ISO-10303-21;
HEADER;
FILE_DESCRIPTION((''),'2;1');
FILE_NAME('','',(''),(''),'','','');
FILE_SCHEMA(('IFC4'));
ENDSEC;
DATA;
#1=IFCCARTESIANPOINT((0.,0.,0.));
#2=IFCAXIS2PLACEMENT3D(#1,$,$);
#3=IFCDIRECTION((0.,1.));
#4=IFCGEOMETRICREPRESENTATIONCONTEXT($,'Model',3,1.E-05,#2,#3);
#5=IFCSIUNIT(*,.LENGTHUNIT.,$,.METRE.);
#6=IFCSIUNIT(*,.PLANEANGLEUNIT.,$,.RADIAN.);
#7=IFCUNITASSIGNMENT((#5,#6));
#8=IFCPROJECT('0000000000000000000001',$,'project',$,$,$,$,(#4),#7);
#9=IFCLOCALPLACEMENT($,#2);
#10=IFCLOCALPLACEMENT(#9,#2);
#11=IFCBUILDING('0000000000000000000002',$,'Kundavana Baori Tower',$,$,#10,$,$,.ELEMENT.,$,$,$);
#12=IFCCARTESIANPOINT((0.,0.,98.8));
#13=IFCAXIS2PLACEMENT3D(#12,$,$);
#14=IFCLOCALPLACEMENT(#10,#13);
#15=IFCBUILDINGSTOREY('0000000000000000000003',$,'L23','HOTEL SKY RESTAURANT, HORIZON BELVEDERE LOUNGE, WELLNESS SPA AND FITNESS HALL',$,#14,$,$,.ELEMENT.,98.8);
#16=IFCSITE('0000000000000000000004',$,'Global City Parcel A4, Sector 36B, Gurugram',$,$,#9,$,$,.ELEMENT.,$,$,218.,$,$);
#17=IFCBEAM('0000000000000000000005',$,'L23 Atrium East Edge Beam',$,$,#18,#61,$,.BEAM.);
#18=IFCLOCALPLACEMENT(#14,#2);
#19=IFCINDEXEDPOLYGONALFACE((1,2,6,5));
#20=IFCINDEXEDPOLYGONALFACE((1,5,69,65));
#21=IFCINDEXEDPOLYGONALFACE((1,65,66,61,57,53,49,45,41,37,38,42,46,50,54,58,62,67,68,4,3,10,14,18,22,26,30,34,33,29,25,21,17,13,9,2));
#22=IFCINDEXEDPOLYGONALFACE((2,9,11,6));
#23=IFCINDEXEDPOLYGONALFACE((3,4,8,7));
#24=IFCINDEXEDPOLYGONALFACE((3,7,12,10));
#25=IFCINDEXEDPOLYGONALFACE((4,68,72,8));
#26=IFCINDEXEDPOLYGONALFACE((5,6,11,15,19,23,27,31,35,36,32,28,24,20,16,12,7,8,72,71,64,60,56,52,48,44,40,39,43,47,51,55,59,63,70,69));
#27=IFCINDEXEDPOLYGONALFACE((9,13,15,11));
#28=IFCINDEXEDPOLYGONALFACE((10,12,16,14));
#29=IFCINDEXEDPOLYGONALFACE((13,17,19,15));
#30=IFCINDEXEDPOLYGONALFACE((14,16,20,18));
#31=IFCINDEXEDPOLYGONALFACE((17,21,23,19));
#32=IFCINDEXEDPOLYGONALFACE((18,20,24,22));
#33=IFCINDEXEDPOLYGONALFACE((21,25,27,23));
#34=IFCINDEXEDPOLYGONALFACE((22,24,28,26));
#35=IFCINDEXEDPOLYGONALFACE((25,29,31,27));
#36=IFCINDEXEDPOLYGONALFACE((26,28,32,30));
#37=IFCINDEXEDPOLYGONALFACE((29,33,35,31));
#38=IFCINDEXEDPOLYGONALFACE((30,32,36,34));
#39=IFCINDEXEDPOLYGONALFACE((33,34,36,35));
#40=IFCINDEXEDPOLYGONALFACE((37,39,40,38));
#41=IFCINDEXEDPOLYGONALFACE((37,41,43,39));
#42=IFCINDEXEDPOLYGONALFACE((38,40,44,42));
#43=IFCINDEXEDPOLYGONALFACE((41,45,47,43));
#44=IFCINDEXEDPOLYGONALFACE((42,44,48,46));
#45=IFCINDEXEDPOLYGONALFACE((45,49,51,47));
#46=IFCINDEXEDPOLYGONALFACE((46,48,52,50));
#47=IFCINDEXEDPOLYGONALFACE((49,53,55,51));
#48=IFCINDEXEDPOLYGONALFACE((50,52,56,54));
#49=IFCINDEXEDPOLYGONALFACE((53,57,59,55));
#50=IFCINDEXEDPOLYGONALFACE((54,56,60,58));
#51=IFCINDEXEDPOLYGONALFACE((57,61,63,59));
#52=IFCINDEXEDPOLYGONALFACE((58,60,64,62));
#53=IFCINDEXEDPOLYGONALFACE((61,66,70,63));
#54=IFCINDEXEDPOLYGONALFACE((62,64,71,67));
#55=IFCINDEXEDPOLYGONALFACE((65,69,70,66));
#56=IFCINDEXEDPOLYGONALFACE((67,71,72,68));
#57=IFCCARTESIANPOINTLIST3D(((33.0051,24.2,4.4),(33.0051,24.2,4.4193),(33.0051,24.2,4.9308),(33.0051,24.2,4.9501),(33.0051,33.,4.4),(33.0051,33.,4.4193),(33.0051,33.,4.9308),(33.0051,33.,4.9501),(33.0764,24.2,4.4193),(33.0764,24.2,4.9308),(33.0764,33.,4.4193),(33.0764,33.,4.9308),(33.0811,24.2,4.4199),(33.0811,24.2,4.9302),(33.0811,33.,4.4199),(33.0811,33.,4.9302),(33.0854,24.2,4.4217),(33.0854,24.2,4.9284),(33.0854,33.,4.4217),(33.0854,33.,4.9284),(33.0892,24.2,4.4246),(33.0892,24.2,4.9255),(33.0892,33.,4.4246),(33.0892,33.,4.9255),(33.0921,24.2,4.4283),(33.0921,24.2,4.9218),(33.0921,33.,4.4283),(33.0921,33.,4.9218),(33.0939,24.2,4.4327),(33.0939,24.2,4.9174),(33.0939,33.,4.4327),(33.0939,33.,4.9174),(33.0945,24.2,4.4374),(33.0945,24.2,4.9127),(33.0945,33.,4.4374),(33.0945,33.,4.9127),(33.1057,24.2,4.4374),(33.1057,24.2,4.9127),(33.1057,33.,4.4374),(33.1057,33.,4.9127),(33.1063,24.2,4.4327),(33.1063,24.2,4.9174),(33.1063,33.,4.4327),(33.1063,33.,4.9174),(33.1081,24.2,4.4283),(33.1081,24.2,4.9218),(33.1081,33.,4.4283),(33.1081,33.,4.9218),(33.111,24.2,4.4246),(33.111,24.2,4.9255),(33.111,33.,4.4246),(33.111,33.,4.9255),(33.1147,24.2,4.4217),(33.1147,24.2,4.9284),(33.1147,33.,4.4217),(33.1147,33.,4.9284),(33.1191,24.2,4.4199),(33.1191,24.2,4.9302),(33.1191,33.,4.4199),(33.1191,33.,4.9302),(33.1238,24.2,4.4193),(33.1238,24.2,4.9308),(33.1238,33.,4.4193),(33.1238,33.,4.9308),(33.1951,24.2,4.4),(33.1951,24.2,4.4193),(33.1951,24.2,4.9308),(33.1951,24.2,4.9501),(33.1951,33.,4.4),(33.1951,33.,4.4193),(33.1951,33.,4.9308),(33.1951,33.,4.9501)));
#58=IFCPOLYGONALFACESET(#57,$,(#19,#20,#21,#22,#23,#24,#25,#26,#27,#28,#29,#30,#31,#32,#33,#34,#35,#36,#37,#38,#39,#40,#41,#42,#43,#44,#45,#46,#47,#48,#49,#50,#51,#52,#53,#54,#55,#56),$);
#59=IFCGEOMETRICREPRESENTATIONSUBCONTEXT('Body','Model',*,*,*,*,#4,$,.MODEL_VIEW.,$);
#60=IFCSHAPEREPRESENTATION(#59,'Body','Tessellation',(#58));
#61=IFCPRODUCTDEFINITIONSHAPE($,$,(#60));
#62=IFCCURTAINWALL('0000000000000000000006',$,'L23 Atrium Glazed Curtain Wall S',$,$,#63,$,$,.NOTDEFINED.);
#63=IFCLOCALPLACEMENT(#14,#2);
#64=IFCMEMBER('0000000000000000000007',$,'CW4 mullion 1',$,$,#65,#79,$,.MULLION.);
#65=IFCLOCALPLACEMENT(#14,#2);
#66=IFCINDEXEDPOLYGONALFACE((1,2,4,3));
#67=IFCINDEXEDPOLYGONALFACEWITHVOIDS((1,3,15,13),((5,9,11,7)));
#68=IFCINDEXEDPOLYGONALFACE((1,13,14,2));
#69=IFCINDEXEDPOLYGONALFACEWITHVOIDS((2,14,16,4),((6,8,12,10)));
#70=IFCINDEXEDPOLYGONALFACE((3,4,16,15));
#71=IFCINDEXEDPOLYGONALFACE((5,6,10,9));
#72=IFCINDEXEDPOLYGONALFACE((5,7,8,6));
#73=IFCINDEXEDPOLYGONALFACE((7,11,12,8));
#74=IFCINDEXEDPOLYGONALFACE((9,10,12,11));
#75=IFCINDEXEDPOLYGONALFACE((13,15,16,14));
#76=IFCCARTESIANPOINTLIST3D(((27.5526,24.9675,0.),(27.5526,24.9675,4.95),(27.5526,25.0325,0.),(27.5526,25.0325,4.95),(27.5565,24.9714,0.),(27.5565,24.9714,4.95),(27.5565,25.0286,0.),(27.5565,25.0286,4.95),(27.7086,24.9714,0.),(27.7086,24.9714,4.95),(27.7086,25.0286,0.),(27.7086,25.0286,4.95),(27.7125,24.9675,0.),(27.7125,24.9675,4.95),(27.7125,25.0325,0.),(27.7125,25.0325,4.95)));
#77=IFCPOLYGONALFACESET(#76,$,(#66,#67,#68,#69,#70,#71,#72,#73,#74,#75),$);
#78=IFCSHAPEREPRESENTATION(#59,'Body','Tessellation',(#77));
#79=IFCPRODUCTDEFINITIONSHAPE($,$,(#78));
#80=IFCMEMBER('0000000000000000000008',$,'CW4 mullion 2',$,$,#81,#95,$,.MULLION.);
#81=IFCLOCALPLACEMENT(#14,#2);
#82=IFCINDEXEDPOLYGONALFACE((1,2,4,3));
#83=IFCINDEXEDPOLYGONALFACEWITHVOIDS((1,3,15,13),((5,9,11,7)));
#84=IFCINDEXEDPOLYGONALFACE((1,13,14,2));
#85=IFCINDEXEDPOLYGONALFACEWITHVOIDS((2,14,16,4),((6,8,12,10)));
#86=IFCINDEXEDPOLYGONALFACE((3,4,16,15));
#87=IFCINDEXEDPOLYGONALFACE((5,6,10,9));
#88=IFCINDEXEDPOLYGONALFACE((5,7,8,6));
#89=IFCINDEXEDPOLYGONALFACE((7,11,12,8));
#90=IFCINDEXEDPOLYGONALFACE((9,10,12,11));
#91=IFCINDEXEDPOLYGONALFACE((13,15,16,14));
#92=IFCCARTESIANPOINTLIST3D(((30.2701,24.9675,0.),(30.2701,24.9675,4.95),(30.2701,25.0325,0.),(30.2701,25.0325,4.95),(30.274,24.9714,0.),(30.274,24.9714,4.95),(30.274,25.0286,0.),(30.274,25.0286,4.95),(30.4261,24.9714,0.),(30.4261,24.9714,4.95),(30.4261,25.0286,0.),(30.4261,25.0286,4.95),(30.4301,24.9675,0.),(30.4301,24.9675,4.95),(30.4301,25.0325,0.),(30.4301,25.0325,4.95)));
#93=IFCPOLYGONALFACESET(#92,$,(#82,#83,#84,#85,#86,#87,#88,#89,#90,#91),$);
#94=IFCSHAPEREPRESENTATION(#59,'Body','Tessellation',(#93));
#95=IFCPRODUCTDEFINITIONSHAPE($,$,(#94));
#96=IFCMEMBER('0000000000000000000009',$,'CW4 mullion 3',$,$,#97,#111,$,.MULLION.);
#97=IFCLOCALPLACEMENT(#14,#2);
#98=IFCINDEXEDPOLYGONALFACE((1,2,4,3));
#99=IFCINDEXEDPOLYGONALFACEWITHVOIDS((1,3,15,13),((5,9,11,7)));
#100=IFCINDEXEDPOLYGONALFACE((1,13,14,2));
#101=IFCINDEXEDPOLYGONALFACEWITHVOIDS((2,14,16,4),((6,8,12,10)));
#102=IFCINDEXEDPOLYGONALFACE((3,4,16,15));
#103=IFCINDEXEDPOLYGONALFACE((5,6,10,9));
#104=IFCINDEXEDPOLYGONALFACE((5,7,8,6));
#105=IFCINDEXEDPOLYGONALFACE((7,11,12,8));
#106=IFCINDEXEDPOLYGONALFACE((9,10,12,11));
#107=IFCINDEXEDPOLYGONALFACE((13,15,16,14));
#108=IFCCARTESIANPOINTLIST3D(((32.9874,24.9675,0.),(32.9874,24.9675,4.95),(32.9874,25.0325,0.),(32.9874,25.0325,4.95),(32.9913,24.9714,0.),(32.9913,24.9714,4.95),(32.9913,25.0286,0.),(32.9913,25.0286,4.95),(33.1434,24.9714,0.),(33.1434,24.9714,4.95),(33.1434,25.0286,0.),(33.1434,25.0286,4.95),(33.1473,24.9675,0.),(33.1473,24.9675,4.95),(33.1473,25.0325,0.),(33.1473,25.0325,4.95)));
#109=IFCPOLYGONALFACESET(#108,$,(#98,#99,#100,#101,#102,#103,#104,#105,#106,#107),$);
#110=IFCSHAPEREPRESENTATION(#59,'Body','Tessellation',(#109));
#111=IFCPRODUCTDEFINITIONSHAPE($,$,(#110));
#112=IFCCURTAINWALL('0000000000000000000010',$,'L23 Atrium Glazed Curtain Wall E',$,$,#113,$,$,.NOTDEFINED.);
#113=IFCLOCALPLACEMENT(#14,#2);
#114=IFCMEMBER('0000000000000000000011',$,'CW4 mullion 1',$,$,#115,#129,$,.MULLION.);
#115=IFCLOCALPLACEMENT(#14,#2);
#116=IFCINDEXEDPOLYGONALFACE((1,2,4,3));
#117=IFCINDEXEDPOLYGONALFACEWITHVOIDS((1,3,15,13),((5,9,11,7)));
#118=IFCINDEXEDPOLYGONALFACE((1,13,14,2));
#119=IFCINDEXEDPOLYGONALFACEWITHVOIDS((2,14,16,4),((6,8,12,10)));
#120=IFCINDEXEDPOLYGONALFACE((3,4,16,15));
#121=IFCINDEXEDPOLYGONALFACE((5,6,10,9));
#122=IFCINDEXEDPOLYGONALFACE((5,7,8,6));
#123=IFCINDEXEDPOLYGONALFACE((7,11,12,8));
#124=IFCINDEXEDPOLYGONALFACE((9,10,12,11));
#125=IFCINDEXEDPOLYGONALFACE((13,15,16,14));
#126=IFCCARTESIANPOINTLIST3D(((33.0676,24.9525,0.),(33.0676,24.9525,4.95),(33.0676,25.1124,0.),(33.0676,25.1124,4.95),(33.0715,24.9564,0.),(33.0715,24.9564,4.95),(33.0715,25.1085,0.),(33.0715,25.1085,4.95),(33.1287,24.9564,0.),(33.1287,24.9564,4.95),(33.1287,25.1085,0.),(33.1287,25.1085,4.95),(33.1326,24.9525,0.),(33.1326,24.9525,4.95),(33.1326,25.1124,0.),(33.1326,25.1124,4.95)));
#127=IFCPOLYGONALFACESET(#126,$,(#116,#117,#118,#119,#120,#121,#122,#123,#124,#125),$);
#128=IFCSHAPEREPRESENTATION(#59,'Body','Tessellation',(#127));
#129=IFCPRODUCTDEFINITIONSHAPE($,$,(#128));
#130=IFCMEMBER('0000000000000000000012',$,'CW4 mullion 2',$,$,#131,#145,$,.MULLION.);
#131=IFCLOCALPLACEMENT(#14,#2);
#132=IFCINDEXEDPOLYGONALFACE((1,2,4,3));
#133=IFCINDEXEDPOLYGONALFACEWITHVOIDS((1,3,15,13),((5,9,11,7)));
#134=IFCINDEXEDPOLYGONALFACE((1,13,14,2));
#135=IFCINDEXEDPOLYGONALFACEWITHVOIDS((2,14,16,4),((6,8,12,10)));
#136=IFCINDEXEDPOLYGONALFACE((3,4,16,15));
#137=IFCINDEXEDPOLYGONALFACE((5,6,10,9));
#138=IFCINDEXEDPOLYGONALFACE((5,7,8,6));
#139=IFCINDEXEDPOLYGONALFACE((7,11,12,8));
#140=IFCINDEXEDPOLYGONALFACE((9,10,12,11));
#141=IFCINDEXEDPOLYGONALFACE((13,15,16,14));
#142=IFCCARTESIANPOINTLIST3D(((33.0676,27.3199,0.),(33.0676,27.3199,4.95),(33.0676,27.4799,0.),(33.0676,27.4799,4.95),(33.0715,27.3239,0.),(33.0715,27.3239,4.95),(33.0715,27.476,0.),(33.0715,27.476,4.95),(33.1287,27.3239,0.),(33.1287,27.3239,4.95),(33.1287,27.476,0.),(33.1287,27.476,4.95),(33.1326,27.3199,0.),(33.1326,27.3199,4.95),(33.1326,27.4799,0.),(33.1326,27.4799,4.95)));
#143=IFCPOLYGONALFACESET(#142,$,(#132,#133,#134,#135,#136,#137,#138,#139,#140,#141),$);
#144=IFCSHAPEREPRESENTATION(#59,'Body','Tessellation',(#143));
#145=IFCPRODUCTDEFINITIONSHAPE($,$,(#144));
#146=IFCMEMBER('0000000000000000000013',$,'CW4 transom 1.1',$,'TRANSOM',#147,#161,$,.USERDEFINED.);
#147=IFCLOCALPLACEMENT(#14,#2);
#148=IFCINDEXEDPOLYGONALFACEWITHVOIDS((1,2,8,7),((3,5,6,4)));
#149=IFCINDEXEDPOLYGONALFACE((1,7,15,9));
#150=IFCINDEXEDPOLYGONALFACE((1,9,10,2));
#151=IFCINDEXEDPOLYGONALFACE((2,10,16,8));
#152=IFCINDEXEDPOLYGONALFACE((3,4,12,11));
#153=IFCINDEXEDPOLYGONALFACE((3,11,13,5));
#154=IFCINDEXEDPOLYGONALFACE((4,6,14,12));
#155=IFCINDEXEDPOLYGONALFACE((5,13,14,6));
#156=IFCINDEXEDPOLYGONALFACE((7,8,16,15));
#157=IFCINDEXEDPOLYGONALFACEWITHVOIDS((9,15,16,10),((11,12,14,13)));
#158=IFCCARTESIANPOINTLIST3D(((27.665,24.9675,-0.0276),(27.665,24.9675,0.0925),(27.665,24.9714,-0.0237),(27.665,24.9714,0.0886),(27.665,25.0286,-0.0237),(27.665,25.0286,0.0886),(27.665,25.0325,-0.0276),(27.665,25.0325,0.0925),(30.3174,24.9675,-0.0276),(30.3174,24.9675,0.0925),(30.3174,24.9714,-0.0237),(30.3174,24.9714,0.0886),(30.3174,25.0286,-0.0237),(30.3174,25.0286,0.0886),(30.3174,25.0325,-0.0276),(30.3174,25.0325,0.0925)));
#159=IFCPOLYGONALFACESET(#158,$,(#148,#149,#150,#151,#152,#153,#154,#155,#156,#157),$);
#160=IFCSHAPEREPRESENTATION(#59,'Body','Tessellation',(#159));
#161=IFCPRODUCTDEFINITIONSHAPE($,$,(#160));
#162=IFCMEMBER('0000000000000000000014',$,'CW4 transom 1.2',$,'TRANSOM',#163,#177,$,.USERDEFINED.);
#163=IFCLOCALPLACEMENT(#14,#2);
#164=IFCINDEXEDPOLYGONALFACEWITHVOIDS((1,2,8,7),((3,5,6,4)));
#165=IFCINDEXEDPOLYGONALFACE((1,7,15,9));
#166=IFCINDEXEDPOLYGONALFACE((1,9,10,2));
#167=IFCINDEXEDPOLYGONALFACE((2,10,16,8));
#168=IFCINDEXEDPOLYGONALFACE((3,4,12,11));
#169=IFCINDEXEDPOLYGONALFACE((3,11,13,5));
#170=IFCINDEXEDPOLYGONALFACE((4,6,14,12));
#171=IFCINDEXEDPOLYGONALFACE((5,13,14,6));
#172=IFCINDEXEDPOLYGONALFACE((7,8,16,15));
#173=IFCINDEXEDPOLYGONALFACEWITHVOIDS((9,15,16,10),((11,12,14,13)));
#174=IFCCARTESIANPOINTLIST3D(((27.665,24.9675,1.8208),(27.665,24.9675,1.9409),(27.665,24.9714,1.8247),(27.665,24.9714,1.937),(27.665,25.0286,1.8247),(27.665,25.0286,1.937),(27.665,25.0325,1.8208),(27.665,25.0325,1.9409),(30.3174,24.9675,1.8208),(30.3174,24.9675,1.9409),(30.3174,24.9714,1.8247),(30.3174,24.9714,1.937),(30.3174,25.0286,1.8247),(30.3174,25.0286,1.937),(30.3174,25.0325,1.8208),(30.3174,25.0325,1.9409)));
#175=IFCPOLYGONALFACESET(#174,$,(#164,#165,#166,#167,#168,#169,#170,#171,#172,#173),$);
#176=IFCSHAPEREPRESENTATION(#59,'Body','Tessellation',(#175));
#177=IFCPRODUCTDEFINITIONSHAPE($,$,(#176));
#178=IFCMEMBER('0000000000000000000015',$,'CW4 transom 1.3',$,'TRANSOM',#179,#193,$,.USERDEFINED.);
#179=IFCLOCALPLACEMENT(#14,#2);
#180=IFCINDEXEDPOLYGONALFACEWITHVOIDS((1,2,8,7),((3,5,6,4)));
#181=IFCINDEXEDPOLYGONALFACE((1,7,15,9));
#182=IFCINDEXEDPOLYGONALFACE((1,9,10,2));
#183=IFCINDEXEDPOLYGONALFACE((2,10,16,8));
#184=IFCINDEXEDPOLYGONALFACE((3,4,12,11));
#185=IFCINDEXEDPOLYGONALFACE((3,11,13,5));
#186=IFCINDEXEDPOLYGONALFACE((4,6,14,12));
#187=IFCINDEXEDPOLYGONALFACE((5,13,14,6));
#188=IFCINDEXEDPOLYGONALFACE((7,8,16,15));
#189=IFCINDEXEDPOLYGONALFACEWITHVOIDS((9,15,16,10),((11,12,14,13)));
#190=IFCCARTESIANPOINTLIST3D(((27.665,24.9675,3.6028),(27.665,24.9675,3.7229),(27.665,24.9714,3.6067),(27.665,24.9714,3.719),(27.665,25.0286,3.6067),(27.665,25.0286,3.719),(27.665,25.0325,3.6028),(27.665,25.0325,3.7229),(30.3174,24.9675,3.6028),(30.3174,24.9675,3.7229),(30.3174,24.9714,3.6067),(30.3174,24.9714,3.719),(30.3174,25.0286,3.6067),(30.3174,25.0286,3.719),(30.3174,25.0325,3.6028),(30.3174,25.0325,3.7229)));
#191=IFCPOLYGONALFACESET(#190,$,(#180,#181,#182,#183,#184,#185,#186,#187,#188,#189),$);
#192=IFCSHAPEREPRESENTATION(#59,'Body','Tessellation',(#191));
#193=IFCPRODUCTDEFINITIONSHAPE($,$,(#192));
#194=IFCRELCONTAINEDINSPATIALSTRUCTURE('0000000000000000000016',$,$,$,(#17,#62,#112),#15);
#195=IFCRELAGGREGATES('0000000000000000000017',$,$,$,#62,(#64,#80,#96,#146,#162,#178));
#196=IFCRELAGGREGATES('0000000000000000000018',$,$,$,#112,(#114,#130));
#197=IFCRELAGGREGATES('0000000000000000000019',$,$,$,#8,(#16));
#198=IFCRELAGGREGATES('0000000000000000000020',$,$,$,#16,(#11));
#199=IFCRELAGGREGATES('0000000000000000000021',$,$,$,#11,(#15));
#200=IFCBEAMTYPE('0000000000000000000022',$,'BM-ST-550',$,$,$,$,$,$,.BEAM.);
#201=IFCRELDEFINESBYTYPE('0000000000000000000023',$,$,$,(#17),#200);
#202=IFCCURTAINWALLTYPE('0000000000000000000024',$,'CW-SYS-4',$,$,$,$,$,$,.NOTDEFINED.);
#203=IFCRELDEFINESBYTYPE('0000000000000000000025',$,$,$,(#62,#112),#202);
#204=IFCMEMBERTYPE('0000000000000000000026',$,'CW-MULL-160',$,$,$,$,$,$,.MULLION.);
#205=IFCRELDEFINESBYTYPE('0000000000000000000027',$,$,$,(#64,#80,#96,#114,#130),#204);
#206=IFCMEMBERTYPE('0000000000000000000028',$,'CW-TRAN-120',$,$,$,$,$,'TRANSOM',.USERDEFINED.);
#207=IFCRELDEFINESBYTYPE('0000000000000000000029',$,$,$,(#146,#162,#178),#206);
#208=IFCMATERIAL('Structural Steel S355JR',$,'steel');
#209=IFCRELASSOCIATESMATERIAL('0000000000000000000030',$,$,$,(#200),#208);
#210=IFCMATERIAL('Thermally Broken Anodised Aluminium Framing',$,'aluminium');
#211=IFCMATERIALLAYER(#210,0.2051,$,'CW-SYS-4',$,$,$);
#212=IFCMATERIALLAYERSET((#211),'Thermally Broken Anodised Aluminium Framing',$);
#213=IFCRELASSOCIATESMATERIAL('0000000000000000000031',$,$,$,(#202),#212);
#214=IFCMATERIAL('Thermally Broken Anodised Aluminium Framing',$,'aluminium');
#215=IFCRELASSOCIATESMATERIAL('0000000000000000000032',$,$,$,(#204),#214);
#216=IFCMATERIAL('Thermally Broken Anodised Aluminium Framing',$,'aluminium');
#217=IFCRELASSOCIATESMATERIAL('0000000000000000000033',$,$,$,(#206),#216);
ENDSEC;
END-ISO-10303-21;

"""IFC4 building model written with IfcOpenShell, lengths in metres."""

from ifc_helpers import new_model, si_unit, direction, frame, origin, origin_2d, place, context, subcontext, project, spatial, hollow_rectangle, i_section, extrude, material, layer, layer_set, material_profile, profile_set, type_object, element, aggregate, save


model = new_model("IFC4")

# Units and contexts
model_context = context("Model", 3, precision=1e-05, world=origin(), true_north=direction((0.0, 1.0)))
body_context = subcontext(model_context, "Body", "Model", "MODEL_VIEW")
ifc_project = project(units=[si_unit("LENGTHUNIT", "METRE"), si_unit("PLANEANGLEUNIT", "RADIAN")], contexts=[model_context])

# Site, building, storey
site_placement = place(None, origin())
site = spatial("IfcSite", under=ifc_project, at=site_placement, Name="Global City Parcel A4, Sector 36B, Gurugram", CompositionType="ELEMENT", RefElevation=218.0)
building_placement = place(site_placement, origin())
building = spatial("IfcBuilding", under=site, at=building_placement, Name="Kundavana Baori Tower", CompositionType="ELEMENT")
storey_placement = place(building_placement, frame((0.0, 0.0, 98.8)))
storey = spatial("IfcBuildingStorey", under=building, at=storey_placement, Name="L23", Description="HOTEL SKY RESTAURANT, HORIZON BELVEDERE LOUNGE, WELLNESS SPA AND FITNESS HALL", CompositionType="ELEMENT", Elevation=98.8)

# Beam
ifc_material_1 = material(Name="Structural Steel S355JR", Category="steel")
ifc_material_profile_1 = material_profile(ifc_material_1, i_section(OverallWidth=0.1899, OverallDepth=0.55, WebThickness=0.0112, FlangeThickness=0.0193, FilletRadius=0.0181, at=origin_2d()), Name="ISMB 550")
ifc_profile_set_1 = profile_set([ifc_material_profile_1], Name="Structural Steel S355JR")
beam_type = type_object("IfcBeamType", Name="BM-ST-550", PredefinedType="BEAM", material=ifc_profile_set_1)
beam_placement = place(storey_placement, frame((33.1001, 24.2, 4.675), z_axis=(0.0, 1.0, 0.0), x_axis=(-1.0, 0.0, 0.0)))
element("IfcBeam", 1, at=beam_placement, inside=storey, type_object=beam_type, Name="L23 Atrium East Edge Beam", PredefinedType="BEAM", context=body_context, shape_type="SweptSolid", body=[
    extrude(i_section(OverallWidth=0.1899, OverallDepth=0.55, WebThickness=0.0112, FlangeThickness=0.0193, FilletRadius=0.0181, at=origin_2d()), origin(), (0.0, 0.0, 1.0), 8.8),
])

# Curtain walls, members
ifc_material_2 = material(Name="Thermally Broken Anodised Aluminium Framing", Category="aluminium")
ifc_layer_1 = layer(ifc_material_2, 0.2051, Name="CW-SYS-4")
ifc_layer_set_1 = layer_set([ifc_layer_1], Name="Thermally Broken Anodised Aluminium Framing")
curtain_wall_type = type_object("IfcCurtainWallType", Name="CW-SYS-4", PredefinedType="NOTDEFINED", material=ifc_layer_set_1)
curtain_wall_1_placement = place(storey_placement, origin())
curtain_wall_1 = element("IfcCurtainWall", 2, at=curtain_wall_1_placement, inside=storey, type_object=curtain_wall_type, Name="L23 Atrium Glazed Curtain Wall S", PredefinedType="NOTDEFINED")
ifc_material_3 = material(Name="Thermally Broken Anodised Aluminium Framing", Category="aluminium")
ifc_material_profile_2 = material_profile(ifc_material_3, hollow_rectangle(XDim=0.0649, YDim=0.1599, WallThickness=0.0039, at=origin_2d()), Name="CW-MULL-160")
ifc_profile_set_2 = profile_set([ifc_material_profile_2], Name="Thermally Broken Anodised Aluminium Framing")
member_type_1 = type_object("IfcMemberType", Name="CW-MULL-160", PredefinedType="MULLION", material=ifc_profile_set_2)
member_1_placement = place(storey_placement, frame((27.6326, 25.0, 0.0), z_axis=(0.0, 0.0, 1.0), x_axis=(0.0, 1.0, 0.0)))
member_1 = element("IfcMember", 3, at=member_1_placement, type_object=member_type_1, Name="CW4 mullion 1", PredefinedType="MULLION", context=body_context, shape_type="SweptSolid", body=[
    extrude(hollow_rectangle(XDim=0.0649, YDim=0.1599, WallThickness=0.0039, at=origin_2d()), origin(), (0.0, 0.0, 1.0), 4.95),
])
member_2_placement = place(storey_placement, frame((30.3501, 25.0, 0.0), z_axis=(0.0, 0.0, 1.0), x_axis=(0.0, 1.0, 0.0)))
member_2 = element("IfcMember", 4, at=member_2_placement, type_object=member_type_1, Name="CW4 mullion 2", PredefinedType="MULLION", context=body_context, shape_type="SweptSolid", body=[
    extrude(hollow_rectangle(XDim=0.0649, YDim=0.1599, WallThickness=0.0039, at=origin_2d()), origin(), (0.0, 0.0, 1.0), 4.95),
])
member_3_placement = place(storey_placement, frame((33.0674, 25.0, 0.0), z_axis=(0.0, 0.0, 1.0), x_axis=(0.0, 1.0, 0.0)))
member_3 = element("IfcMember", 5, at=member_3_placement, type_object=member_type_1, Name="CW4 mullion 3", PredefinedType="MULLION", context=body_context, shape_type="SweptSolid", body=[
    extrude(hollow_rectangle(XDim=0.0649, YDim=0.1599, WallThickness=0.0039, at=origin_2d()), origin(), (0.0, 0.0, 1.0), 4.95),
])
curtain_wall_2_placement = place(storey_placement, origin())
curtain_wall_2 = element("IfcCurtainWall", 6, at=curtain_wall_2_placement, inside=storey, type_object=curtain_wall_type, Name="L23 Atrium Glazed Curtain Wall E", PredefinedType="NOTDEFINED")
member_4_placement = place(storey_placement, frame((33.1001, 25.0325, 0.0), z_axis=(0.0, 0.0, 1.0), x_axis=(-1.0, 0.0, 0.0)))
member_4 = element("IfcMember", 7, at=member_4_placement, type_object=member_type_1, Name="CW4 mullion 1", PredefinedType="MULLION", context=body_context, shape_type="SweptSolid", body=[
    extrude(hollow_rectangle(XDim=0.0649, YDim=0.1599, WallThickness=0.0039, at=origin_2d()), origin(), (0.0, 0.0, 1.0), 4.95),
])
member_5_placement = place(storey_placement, frame((33.1001, 27.3999, 0.0), z_axis=(0.0, 0.0, 1.0), x_axis=(-1.0, 0.0, 0.0)))
member_5 = element("IfcMember", 8, at=member_5_placement, type_object=member_type_1, Name="CW4 mullion 2", PredefinedType="MULLION", context=body_context, shape_type="SweptSolid", body=[
    extrude(hollow_rectangle(XDim=0.0649, YDim=0.1599, WallThickness=0.0039, at=origin_2d()), origin(), (0.0, 0.0, 1.0), 4.95),
])

# Members
ifc_material_4 = material(Name="Thermally Broken Anodised Aluminium Framing", Category="aluminium")
ifc_material_profile_3 = material_profile(ifc_material_4, hollow_rectangle(XDim=0.0649, YDim=0.1201, WallThickness=0.0039, at=origin_2d()), Name="CW-TRAN-120")
ifc_profile_set_3 = profile_set([ifc_material_profile_3], Name="Thermally Broken Anodised Aluminium Framing")
member_type_2 = type_object("IfcMemberType", Name="CW-TRAN-120", ElementType="TRANSOM", PredefinedType="USERDEFINED", material=ifc_profile_set_3)
member_6_placement = place(storey_placement, frame((27.665, 25.0, 0.0325), z_axis=(1.0, 0.0, 0.0), x_axis=(0.0, 1.0, 0.0)))
member_6 = element("IfcMember", 9, at=member_6_placement, type_object=member_type_2, Name="CW4 transom 1.1", ObjectType="TRANSOM", PredefinedType="USERDEFINED", context=body_context, shape_type="SweptSolid", body=[
    extrude(hollow_rectangle(XDim=0.0649, YDim=0.1201, WallThickness=0.0039, at=origin_2d()), origin(), (0.0, 0.0, 1.0), 2.6523),
])
member_7_placement = place(storey_placement, frame((27.665, 25.0, 1.8809), z_axis=(1.0, 0.0, 0.0), x_axis=(0.0, 1.0, 0.0)))
member_7 = element("IfcMember", 10, at=member_7_placement, type_object=member_type_2, Name="CW4 transom 1.2", ObjectType="TRANSOM", PredefinedType="USERDEFINED", context=body_context, shape_type="SweptSolid", body=[
    extrude(hollow_rectangle(XDim=0.0649, YDim=0.1201, WallThickness=0.0039, at=origin_2d()), origin(), (0.0, 0.0, 1.0), 2.6523),
])
member_8_placement = place(storey_placement, frame((27.665, 25.0, 3.6628), z_axis=(1.0, 0.0, 0.0), x_axis=(0.0, 1.0, 0.0)))
member_8 = element("IfcMember", 11, at=member_8_placement, type_object=member_type_2, Name="CW4 transom 1.3", ObjectType="TRANSOM", PredefinedType="USERDEFINED", context=body_context, shape_type="SweptSolid", body=[
    extrude(hollow_rectangle(XDim=0.0649, YDim=0.1201, WallThickness=0.0039, at=origin_2d()), origin(), (0.0, 0.0, 1.0), 2.6523),
])

aggregate(curtain_wall_1, [member_1, member_2, member_3, member_6, member_7, member_8])
aggregate(curtain_wall_2, [member_4, member_5])

save(model, "model.ifc")
